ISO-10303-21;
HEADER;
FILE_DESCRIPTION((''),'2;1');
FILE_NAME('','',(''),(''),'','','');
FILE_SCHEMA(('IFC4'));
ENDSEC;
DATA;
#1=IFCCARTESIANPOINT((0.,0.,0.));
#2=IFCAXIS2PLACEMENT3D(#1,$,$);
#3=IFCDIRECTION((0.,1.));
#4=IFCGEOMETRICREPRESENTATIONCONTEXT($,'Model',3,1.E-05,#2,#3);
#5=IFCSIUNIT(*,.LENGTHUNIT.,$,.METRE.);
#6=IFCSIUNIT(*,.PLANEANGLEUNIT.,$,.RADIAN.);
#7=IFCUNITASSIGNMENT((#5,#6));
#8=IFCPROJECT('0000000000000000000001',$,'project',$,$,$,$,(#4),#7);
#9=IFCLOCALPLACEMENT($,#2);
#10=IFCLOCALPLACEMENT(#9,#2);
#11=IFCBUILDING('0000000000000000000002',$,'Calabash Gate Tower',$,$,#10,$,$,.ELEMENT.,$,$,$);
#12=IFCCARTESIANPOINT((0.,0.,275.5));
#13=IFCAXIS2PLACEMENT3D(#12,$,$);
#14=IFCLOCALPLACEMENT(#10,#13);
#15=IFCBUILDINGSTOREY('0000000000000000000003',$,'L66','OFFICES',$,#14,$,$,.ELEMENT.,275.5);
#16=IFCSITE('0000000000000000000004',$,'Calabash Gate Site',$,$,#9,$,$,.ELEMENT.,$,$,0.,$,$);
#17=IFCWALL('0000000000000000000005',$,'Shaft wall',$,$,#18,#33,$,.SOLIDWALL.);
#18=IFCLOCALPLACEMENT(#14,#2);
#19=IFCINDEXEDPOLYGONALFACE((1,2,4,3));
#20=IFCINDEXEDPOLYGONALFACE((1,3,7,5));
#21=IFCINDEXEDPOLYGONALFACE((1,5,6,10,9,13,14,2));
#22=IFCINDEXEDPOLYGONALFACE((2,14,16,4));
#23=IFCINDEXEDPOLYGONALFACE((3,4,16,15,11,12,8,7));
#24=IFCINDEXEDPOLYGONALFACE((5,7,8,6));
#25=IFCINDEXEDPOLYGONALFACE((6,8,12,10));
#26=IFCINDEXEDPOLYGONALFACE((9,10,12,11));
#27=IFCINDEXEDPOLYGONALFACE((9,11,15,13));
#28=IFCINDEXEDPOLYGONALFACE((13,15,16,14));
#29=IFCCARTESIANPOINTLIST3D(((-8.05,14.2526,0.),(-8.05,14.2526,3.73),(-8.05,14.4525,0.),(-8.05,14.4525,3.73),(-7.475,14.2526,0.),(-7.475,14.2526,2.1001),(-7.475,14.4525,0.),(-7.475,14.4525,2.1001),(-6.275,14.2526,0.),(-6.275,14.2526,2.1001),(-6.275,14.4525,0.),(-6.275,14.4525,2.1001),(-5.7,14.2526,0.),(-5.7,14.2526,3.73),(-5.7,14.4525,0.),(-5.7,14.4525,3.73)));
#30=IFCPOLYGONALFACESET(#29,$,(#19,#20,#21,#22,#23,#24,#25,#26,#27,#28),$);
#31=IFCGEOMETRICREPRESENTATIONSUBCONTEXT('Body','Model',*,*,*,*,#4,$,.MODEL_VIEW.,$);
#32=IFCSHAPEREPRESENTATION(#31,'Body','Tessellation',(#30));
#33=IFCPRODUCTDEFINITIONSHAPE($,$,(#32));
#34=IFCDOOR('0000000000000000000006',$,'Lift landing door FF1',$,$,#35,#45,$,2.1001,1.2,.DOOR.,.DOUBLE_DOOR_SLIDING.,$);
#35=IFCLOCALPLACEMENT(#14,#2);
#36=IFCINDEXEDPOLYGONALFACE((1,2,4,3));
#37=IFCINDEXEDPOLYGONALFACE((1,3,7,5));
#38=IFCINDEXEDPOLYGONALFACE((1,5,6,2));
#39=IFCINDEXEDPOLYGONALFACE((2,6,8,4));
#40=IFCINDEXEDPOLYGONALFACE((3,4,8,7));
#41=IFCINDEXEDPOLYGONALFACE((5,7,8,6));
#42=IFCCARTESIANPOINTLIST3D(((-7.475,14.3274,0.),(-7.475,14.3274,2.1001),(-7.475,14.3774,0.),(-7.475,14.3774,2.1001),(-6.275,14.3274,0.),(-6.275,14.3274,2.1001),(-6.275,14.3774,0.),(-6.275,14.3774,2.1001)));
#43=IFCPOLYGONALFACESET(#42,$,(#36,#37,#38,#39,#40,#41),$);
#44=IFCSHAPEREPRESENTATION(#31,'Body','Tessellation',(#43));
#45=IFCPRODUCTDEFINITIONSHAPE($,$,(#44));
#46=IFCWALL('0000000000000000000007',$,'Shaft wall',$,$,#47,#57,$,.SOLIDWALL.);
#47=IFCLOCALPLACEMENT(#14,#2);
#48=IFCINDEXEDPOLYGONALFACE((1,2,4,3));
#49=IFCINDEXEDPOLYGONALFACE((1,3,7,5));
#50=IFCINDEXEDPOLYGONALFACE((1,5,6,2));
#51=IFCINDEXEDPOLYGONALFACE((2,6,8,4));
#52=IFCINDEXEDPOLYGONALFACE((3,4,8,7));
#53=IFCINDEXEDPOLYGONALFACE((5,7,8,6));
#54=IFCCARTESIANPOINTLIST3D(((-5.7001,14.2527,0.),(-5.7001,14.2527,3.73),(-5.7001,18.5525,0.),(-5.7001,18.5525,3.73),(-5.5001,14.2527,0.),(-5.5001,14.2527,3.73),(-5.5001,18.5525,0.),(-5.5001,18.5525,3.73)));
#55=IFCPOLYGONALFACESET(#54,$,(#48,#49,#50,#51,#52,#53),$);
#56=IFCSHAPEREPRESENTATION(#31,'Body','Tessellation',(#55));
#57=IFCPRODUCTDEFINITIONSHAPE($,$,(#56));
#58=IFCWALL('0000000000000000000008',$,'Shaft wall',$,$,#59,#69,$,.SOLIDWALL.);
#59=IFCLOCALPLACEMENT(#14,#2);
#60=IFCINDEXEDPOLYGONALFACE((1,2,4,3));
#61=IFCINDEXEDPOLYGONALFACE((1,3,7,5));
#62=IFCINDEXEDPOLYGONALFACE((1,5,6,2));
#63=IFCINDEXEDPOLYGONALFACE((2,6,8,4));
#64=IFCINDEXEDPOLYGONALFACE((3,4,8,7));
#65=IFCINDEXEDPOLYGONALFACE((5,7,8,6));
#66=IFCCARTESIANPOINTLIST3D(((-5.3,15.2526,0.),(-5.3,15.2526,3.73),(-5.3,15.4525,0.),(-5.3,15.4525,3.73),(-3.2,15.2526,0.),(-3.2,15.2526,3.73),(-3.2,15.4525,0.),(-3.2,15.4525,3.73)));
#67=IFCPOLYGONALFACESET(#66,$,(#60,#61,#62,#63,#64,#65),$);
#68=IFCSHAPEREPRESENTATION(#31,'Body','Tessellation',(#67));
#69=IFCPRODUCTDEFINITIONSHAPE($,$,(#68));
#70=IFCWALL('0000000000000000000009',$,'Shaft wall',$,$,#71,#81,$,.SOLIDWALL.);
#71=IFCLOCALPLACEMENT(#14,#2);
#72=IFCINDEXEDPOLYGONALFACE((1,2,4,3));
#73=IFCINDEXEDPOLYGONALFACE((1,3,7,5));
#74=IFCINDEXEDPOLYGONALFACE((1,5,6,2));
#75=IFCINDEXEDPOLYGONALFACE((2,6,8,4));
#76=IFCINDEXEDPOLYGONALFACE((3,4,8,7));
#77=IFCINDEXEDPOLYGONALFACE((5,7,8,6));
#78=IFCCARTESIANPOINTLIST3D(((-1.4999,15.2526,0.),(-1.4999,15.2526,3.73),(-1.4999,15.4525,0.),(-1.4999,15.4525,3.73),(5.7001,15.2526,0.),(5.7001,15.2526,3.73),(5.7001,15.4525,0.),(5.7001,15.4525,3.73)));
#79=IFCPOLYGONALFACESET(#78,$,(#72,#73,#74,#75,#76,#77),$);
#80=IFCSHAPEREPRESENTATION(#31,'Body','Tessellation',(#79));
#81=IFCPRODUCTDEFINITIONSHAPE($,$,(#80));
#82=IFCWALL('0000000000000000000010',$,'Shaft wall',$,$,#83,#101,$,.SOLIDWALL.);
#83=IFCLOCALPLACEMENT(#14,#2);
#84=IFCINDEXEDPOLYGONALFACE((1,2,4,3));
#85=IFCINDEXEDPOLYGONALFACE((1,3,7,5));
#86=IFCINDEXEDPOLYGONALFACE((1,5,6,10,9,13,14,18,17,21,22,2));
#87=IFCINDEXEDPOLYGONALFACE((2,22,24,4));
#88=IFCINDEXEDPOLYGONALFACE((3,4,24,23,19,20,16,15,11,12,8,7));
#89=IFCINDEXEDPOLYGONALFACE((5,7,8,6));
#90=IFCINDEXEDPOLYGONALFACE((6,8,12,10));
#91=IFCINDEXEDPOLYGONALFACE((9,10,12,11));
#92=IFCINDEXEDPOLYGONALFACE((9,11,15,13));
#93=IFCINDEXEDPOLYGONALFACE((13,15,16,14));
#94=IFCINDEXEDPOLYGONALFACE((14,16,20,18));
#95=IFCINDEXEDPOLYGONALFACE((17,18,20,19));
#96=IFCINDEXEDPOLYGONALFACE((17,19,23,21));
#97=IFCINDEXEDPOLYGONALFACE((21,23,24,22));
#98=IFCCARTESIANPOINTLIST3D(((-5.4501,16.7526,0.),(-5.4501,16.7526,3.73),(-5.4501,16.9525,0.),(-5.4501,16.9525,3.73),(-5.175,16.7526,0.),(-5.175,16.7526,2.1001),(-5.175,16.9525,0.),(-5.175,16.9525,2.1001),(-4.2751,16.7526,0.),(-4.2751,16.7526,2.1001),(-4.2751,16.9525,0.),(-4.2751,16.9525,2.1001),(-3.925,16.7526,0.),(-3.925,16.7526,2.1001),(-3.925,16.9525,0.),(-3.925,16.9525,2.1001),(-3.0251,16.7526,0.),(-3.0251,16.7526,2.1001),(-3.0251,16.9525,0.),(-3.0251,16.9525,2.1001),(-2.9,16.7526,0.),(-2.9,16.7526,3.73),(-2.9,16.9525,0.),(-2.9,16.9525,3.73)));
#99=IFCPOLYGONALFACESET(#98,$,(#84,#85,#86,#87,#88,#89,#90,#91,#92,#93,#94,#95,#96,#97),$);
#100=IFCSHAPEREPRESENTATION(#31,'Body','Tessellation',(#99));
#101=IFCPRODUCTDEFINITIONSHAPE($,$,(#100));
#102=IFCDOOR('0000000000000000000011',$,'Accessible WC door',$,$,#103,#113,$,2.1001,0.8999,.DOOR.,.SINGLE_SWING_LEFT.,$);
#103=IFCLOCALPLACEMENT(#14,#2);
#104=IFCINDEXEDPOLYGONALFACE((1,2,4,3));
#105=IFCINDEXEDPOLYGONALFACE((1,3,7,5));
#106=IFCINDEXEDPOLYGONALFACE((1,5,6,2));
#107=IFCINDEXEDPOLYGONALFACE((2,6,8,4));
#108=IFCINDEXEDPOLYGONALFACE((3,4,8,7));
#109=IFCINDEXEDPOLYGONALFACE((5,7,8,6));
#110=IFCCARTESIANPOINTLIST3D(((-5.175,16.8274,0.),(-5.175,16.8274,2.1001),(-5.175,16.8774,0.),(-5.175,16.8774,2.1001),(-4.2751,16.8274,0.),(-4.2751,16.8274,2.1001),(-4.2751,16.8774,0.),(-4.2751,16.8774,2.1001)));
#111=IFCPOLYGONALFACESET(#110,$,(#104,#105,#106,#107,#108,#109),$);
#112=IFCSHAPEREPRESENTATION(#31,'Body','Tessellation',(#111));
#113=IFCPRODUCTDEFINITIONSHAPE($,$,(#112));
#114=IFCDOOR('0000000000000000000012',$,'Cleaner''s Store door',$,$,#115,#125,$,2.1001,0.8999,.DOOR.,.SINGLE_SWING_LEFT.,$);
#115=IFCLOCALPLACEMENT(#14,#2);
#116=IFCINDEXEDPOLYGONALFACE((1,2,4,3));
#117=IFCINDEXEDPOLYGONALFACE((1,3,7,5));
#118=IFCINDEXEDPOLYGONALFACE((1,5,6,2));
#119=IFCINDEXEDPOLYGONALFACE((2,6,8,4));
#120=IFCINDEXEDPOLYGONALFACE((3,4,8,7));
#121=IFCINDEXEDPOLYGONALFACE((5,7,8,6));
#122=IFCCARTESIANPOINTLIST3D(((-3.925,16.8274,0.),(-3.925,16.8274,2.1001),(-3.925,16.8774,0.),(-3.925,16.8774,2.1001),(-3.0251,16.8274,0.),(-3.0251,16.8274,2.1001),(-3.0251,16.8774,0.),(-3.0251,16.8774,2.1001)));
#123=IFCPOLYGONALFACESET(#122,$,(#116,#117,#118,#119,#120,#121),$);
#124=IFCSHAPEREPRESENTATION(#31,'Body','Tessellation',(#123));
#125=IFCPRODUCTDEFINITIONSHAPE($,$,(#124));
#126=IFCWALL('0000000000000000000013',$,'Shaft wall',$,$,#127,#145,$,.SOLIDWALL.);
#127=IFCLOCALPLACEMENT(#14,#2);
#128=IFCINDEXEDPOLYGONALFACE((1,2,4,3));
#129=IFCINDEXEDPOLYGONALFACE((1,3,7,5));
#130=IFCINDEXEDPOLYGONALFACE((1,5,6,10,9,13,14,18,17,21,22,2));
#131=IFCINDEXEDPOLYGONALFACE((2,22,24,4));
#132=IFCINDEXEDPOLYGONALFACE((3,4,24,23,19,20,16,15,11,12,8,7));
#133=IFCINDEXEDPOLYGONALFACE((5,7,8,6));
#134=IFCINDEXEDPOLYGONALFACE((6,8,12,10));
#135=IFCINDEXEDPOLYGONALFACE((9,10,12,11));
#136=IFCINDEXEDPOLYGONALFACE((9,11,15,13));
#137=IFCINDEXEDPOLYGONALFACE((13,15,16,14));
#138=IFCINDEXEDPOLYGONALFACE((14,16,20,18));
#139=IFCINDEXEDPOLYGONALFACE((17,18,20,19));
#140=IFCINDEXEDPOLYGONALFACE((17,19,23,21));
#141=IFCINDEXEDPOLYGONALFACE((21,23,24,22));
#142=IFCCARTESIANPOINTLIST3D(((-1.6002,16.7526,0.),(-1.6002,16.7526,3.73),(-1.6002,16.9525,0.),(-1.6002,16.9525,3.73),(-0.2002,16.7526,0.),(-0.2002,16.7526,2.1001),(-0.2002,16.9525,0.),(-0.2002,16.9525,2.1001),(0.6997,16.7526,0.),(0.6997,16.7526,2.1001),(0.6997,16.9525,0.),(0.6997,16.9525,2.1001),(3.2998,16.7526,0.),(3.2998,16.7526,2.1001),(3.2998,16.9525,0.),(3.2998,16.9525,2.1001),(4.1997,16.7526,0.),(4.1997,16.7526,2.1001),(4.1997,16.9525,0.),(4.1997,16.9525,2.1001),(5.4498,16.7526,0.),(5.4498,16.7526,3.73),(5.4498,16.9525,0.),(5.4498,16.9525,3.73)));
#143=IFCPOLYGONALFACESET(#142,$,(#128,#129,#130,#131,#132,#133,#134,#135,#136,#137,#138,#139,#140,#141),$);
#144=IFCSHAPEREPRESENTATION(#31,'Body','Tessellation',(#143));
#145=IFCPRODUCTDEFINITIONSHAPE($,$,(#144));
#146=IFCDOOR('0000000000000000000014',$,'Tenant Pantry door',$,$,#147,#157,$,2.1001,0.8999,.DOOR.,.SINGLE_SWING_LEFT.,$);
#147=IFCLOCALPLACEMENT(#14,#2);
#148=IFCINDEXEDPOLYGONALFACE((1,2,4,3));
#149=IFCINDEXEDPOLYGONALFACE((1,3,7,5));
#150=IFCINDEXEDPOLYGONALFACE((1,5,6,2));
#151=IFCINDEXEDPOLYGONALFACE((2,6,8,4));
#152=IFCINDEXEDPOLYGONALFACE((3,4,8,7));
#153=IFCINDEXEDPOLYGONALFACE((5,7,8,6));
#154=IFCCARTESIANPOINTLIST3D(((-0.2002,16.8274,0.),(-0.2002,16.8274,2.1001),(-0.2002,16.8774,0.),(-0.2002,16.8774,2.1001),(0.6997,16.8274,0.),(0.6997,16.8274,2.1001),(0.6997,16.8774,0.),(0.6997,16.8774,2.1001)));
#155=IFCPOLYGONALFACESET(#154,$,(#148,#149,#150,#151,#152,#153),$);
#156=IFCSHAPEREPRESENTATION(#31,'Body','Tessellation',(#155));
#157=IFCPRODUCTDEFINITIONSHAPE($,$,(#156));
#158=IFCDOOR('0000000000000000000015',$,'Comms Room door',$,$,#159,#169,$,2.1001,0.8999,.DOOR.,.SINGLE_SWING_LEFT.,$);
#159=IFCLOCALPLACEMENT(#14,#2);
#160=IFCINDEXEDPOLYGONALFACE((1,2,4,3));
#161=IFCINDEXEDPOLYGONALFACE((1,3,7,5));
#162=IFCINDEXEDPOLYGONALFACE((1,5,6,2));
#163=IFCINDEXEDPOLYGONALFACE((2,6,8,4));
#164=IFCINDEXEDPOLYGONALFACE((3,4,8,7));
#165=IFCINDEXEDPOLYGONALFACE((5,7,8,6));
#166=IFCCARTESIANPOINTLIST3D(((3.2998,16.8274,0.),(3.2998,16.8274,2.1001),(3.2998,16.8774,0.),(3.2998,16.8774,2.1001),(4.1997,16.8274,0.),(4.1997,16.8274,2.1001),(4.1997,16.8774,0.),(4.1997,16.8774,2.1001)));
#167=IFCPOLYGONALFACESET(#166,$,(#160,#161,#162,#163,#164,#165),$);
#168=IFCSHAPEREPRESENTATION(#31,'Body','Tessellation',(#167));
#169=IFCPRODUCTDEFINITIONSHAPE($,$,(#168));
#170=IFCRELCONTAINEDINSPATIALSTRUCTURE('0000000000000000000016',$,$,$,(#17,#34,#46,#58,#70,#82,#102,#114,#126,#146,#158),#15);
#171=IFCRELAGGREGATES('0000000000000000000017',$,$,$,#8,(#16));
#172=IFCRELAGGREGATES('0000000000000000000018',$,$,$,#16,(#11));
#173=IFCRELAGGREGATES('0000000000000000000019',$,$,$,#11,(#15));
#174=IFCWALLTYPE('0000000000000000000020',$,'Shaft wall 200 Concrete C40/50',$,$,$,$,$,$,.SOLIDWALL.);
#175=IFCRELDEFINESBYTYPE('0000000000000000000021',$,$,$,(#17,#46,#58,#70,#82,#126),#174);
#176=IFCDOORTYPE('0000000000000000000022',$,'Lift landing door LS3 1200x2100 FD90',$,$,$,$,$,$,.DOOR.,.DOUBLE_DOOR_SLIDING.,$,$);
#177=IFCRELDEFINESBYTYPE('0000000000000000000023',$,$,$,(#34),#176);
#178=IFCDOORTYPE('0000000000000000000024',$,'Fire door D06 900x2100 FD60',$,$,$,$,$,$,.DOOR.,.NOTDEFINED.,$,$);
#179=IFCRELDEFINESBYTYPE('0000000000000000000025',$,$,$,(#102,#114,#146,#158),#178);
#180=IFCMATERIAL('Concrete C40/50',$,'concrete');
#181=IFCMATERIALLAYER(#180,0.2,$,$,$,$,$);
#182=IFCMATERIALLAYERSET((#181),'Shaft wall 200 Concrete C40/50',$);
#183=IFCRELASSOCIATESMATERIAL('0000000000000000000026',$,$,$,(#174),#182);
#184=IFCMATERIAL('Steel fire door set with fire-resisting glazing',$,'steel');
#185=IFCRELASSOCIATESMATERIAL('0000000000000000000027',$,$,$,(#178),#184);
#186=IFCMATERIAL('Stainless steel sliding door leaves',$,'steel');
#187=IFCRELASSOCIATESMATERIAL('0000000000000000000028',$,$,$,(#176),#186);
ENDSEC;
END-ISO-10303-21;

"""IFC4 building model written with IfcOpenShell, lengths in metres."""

from ifc_helpers import new_model, si_unit, direction, frame, frame_2d, origin, place, context, subcontext, project, spatial, rectangle, extrude, material, layer, layer_set, type_object, element, fill, save


model = new_model("IFC4")

# Units and contexts
model_context = context("Model", 3, precision=1e-05, world=origin(), true_north=direction((0.0, 1.0)))
body_context = subcontext(model_context, "Body", "Model", "MODEL_VIEW")
ifc_project = project(units=[si_unit("LENGTHUNIT", "METRE"), si_unit("PLANEANGLEUNIT", "RADIAN")], contexts=[model_context])

# Site, building, storey
site_placement = place(None, origin())
site = spatial("IfcSite", under=ifc_project, at=site_placement, Name="Calabash Gate Site", CompositionType="ELEMENT", RefElevation=0.0)
building_placement = place(site_placement, origin())
building = spatial("IfcBuilding", under=site, at=building_placement, Name="Calabash Gate Tower", CompositionType="ELEMENT")
storey_placement = place(building_placement, frame((0.0, 0.0, 275.5)))
storey = spatial("IfcBuildingStorey", under=building, at=storey_placement, Name="L66", Description="OFFICES", CompositionType="ELEMENT", Elevation=275.5)

# Shared definitions
ifc_material_1 = material(Name="Concrete C40/50", Category="concrete")
ifc_layer_1 = layer(ifc_material_1, 0.2)
ifc_layer_set_1 = layer_set([ifc_layer_1], Name="Shaft wall 200 Concrete C40/50")
wall_type_1 = type_object("IfcWallType", Name="Shaft wall 200 Concrete C40/50", PredefinedType="SOLIDWALL", material=ifc_layer_set_1)
ifc_material_2 = material(Name="Steel fire door set with fire-resisting glazing", Category="steel")
door_type_1 = type_object("IfcDoorType", Name="Fire door D06 900x2100 FD60", OperationType="NOTDEFINED", PredefinedType="DOOR", material=ifc_material_2)

# Wall, opening, door
wall_1_placement = place(storey_placement, frame((-8.05, 14.3525, 0.0), z_axis=(0.0, 0.0, 1.0), x_axis=(1.0, 0.0, 0.0)))
wall_1 = element("IfcWall", 1, at=wall_1_placement, inside=storey, type_object=wall_type_1, Name="Shaft wall", PredefinedType="SOLIDWALL", context=body_context, shape_type="SweptSolid", body=[
    extrude(rectangle(XDim=2.3501, YDim=0.2, at=frame_2d((1.175, 0.0))), origin(), (0.0, 0.0, 1.0), 3.73),
])
opening_1_placement = place(wall_1_placement, frame((0.575, 0.0, 0.0)))
opening_1 = element("IfcOpeningElement", 2, at=opening_1_placement, cuts=wall_1, PredefinedType="OPENING", context=body_context, shape_type="SweptSolid", body=[
    extrude(rectangle(XDim=1.2, YDim=2.1001, at=frame_2d((0.6001, 1.05))), frame((0.0, 0.1099, 0.0), z_axis=(0.0, -1.0, 0.0), x_axis=(1.0, 0.0, 0.0)), (0.0, 0.0, 1.0), 0.22),
])
ifc_material_3 = material(Name="Stainless steel sliding door leaves", Category="steel")
door_type_2 = type_object("IfcDoorType", Name="Lift landing door LS3 1200x2100 FD90", OperationType="DOUBLE_DOOR_SLIDING", PredefinedType="DOOR", material=ifc_material_3)
door_1_placement = place(opening_1_placement, origin())
door_1 = element("IfcDoor", 3, at=door_1_placement, inside=storey, type_object=door_type_2, Name="Lift landing door FF1", OperationType="DOUBLE_DOOR_SLIDING", OverallHeight=2.1001, OverallWidth=1.2, PredefinedType="DOOR", context=body_context, shape_type="SweptSolid", body=[
    extrude(rectangle(XDim=1.2, YDim=2.1001, at=frame_2d((0.6001, 1.05))), frame((0.0, 0.0249, 0.0), z_axis=(0.0, -1.0, 0.0), x_axis=(1.0, 0.0, 0.0)), (0.0, 0.0, 1.0), 0.05),
])
fill(opening_1, door_1)

# Walls
wall_2_placement = place(storey_placement, frame((-5.6001, 14.2527, 0.0), z_axis=(0.0, 0.0, 1.0), x_axis=(0.0, 1.0, 0.0)))
element("IfcWall", 4, at=wall_2_placement, inside=storey, type_object=wall_type_1, Name="Shaft wall", PredefinedType="SOLIDWALL", context=body_context, shape_type="SweptSolid", body=[
    extrude(rectangle(XDim=4.2998, YDim=0.2, at=frame_2d((2.1499, 0.0))), origin(), (0.0, 0.0, 1.0), 3.73),
])
wall_3_placement = place(storey_placement, frame((-5.3, 15.3525, 0.0), z_axis=(0.0, 0.0, 1.0), x_axis=(1.0, 0.0, 0.0)))
element("IfcWall", 5, at=wall_3_placement, inside=storey, type_object=wall_type_1, Name="Shaft wall", PredefinedType="SOLIDWALL", context=body_context, shape_type="SweptSolid", body=[
    extrude(rectangle(XDim=2.1001, YDim=0.2, at=frame_2d((1.05, 0.0))), origin(), (0.0, 0.0, 1.0), 3.73),
])
wall_4_placement = place(storey_placement, frame((-1.5, 15.3525, 0.0), z_axis=(0.0, 0.0, 1.0), x_axis=(1.0, 0.0, 0.0)))
element("IfcWall", 6, at=wall_4_placement, inside=storey, type_object=wall_type_1, Name="Shaft wall", PredefinedType="SOLIDWALL", context=body_context, shape_type="SweptSolid", body=[
    extrude(rectangle(XDim=7.2, YDim=0.2, at=frame_2d((3.6001, 0.0))), origin(), (0.0, 0.0, 1.0), 3.73),
])

# Walls, openings, doors
wall_5_placement = place(storey_placement, frame((-5.45, 16.8525, 0.0), z_axis=(0.0, 0.0, 1.0), x_axis=(1.0, 0.0, 0.0)))
wall_5 = element("IfcWall", 7, at=wall_5_placement, inside=storey, type_object=wall_type_1, Name="Shaft wall", PredefinedType="SOLIDWALL", context=body_context, shape_type="SweptSolid", body=[
    extrude(rectangle(XDim=2.55, YDim=0.2, at=frame_2d((1.2749, 0.0))), origin(), (0.0, 0.0, 1.0), 3.73),
])
opening_2_placement = place(wall_5_placement, frame((0.2749, 0.0, 0.0)))
opening_2 = element("IfcOpeningElement", 8, at=opening_2_placement, cuts=wall_5, PredefinedType="OPENING", context=body_context, shape_type="SweptSolid", body=[
    extrude(rectangle(XDim=0.8999, YDim=2.1001, at=frame_2d((0.45, 1.05))), frame((0.0, 0.1099, 0.0), z_axis=(0.0, -1.0, 0.0), x_axis=(1.0, 0.0, 0.0)), (0.0, 0.0, 1.0), 0.22),
])
opening_3_placement = place(wall_5_placement, frame((1.5249, 0.0, 0.0)))
opening_3 = element("IfcOpeningElement", 9, at=opening_3_placement, cuts=wall_5, PredefinedType="OPENING", context=body_context, shape_type="SweptSolid", body=[
    extrude(rectangle(XDim=0.8999, YDim=2.1001, at=frame_2d((0.45, 1.05))), frame((0.0, 0.1099, 0.0), z_axis=(0.0, -1.0, 0.0), x_axis=(1.0, 0.0, 0.0)), (0.0, 0.0, 1.0), 0.22),
])
door_2_placement = place(opening_2_placement, origin())
door_2 = element("IfcDoor", 10, at=door_2_placement, inside=storey, type_object=door_type_1, Name="Accessible WC door", OperationType="SINGLE_SWING_LEFT", OverallHeight=2.1001, OverallWidth=0.8999, PredefinedType="DOOR", context=body_context, shape_type="SweptSolid", body=[
    extrude(rectangle(XDim=0.8999, YDim=2.1001, at=frame_2d((0.45, 1.05))), frame((0.0, 0.0249, 0.0), z_axis=(0.0, -1.0, 0.0), x_axis=(1.0, 0.0, 0.0)), (0.0, 0.0, 1.0), 0.05),
])
fill(opening_2, door_2)
door_3_placement = place(opening_3_placement, origin())
door_3 = element("IfcDoor", 11, at=door_3_placement, inside=storey, type_object=door_type_1, Name="Cleaner's Store door", OperationType="SINGLE_SWING_LEFT", OverallHeight=2.1001, OverallWidth=0.8999, PredefinedType="DOOR", context=body_context, shape_type="SweptSolid", body=[
    extrude(rectangle(XDim=0.8999, YDim=2.1001, at=frame_2d((0.45, 1.05))), frame((0.0, 0.0249, 0.0), z_axis=(0.0, -1.0, 0.0), x_axis=(1.0, 0.0, 0.0)), (0.0, 0.0, 1.0), 0.05),
])
fill(opening_3, door_3)
wall_6_placement = place(storey_placement, frame((-1.6001, 16.8525, 0.0), z_axis=(0.0, 0.0, 1.0), x_axis=(1.0, 0.0, 0.0)))
wall_6 = element("IfcWall", 12, at=wall_6_placement, inside=storey, type_object=wall_type_1, Name="Shaft wall", PredefinedType="SOLIDWALL", context=body_context, shape_type="SweptSolid", body=[
    extrude(rectangle(XDim=7.05, YDim=0.2, at=frame_2d((3.5249, 0.0))), origin(), (0.0, 0.0, 1.0), 3.73),
])
opening_4_placement = place(wall_6_placement, frame((1.3999, 0.0, 0.0)))
opening_4 = element("IfcOpeningElement", 13, at=opening_4_placement, cuts=wall_6, PredefinedType="OPENING", context=body_context, shape_type="SweptSolid", body=[
    extrude(rectangle(XDim=0.8999, YDim=2.1001, at=frame_2d((0.45, 1.05))), frame((0.0, 0.1099, 0.0), z_axis=(0.0, -1.0, 0.0), x_axis=(1.0, 0.0, 0.0)), (0.0, 0.0, 1.0), 0.22),
])
opening_5_placement = place(wall_6_placement, frame((4.8999, 0.0, 0.0)))
opening_5 = element("IfcOpeningElement", 14, at=opening_5_placement, cuts=wall_6, PredefinedType="OPENING", context=body_context, shape_type="SweptSolid", body=[
    extrude(rectangle(XDim=0.8999, YDim=2.1001, at=frame_2d((0.45, 1.05))), frame((0.0, 0.1099, 0.0), z_axis=(0.0, -1.0, 0.0), x_axis=(1.0, 0.0, 0.0)), (0.0, 0.0, 1.0), 0.22),
])
door_4_placement = place(opening_4_placement, origin())
door_4 = element("IfcDoor", 15, at=door_4_placement, inside=storey, type_object=door_type_1, Name="Tenant Pantry door", OperationType="SINGLE_SWING_LEFT", OverallHeight=2.1001, OverallWidth=0.8999, PredefinedType="DOOR", context=body_context, shape_type="SweptSolid", body=[
    extrude(rectangle(XDim=0.8999, YDim=2.1001, at=frame_2d((0.45, 1.05))), frame((0.0, 0.0249, 0.0), z_axis=(0.0, -1.0, 0.0), x_axis=(1.0, 0.0, 0.0)), (0.0, 0.0, 1.0), 0.05),
])
fill(opening_4, door_4)
door_5_placement = place(opening_5_placement, origin())
door_5 = element("IfcDoor", 16, at=door_5_placement, inside=storey, type_object=door_type_1, Name="Comms Room door", OperationType="SINGLE_SWING_LEFT", OverallHeight=2.1001, OverallWidth=0.8999, PredefinedType="DOOR", context=body_context, shape_type="SweptSolid", body=[
    extrude(rectangle(XDim=0.8999, YDim=2.1001, at=frame_2d((0.45, 1.05))), frame((0.0, 0.0249, 0.0), z_axis=(0.0, -1.0, 0.0), x_axis=(1.0, 0.0, 0.0)), (0.0, 0.0, 1.0), 0.05),
])
fill(opening_5, door_5)

save(model, "model.ifc")
